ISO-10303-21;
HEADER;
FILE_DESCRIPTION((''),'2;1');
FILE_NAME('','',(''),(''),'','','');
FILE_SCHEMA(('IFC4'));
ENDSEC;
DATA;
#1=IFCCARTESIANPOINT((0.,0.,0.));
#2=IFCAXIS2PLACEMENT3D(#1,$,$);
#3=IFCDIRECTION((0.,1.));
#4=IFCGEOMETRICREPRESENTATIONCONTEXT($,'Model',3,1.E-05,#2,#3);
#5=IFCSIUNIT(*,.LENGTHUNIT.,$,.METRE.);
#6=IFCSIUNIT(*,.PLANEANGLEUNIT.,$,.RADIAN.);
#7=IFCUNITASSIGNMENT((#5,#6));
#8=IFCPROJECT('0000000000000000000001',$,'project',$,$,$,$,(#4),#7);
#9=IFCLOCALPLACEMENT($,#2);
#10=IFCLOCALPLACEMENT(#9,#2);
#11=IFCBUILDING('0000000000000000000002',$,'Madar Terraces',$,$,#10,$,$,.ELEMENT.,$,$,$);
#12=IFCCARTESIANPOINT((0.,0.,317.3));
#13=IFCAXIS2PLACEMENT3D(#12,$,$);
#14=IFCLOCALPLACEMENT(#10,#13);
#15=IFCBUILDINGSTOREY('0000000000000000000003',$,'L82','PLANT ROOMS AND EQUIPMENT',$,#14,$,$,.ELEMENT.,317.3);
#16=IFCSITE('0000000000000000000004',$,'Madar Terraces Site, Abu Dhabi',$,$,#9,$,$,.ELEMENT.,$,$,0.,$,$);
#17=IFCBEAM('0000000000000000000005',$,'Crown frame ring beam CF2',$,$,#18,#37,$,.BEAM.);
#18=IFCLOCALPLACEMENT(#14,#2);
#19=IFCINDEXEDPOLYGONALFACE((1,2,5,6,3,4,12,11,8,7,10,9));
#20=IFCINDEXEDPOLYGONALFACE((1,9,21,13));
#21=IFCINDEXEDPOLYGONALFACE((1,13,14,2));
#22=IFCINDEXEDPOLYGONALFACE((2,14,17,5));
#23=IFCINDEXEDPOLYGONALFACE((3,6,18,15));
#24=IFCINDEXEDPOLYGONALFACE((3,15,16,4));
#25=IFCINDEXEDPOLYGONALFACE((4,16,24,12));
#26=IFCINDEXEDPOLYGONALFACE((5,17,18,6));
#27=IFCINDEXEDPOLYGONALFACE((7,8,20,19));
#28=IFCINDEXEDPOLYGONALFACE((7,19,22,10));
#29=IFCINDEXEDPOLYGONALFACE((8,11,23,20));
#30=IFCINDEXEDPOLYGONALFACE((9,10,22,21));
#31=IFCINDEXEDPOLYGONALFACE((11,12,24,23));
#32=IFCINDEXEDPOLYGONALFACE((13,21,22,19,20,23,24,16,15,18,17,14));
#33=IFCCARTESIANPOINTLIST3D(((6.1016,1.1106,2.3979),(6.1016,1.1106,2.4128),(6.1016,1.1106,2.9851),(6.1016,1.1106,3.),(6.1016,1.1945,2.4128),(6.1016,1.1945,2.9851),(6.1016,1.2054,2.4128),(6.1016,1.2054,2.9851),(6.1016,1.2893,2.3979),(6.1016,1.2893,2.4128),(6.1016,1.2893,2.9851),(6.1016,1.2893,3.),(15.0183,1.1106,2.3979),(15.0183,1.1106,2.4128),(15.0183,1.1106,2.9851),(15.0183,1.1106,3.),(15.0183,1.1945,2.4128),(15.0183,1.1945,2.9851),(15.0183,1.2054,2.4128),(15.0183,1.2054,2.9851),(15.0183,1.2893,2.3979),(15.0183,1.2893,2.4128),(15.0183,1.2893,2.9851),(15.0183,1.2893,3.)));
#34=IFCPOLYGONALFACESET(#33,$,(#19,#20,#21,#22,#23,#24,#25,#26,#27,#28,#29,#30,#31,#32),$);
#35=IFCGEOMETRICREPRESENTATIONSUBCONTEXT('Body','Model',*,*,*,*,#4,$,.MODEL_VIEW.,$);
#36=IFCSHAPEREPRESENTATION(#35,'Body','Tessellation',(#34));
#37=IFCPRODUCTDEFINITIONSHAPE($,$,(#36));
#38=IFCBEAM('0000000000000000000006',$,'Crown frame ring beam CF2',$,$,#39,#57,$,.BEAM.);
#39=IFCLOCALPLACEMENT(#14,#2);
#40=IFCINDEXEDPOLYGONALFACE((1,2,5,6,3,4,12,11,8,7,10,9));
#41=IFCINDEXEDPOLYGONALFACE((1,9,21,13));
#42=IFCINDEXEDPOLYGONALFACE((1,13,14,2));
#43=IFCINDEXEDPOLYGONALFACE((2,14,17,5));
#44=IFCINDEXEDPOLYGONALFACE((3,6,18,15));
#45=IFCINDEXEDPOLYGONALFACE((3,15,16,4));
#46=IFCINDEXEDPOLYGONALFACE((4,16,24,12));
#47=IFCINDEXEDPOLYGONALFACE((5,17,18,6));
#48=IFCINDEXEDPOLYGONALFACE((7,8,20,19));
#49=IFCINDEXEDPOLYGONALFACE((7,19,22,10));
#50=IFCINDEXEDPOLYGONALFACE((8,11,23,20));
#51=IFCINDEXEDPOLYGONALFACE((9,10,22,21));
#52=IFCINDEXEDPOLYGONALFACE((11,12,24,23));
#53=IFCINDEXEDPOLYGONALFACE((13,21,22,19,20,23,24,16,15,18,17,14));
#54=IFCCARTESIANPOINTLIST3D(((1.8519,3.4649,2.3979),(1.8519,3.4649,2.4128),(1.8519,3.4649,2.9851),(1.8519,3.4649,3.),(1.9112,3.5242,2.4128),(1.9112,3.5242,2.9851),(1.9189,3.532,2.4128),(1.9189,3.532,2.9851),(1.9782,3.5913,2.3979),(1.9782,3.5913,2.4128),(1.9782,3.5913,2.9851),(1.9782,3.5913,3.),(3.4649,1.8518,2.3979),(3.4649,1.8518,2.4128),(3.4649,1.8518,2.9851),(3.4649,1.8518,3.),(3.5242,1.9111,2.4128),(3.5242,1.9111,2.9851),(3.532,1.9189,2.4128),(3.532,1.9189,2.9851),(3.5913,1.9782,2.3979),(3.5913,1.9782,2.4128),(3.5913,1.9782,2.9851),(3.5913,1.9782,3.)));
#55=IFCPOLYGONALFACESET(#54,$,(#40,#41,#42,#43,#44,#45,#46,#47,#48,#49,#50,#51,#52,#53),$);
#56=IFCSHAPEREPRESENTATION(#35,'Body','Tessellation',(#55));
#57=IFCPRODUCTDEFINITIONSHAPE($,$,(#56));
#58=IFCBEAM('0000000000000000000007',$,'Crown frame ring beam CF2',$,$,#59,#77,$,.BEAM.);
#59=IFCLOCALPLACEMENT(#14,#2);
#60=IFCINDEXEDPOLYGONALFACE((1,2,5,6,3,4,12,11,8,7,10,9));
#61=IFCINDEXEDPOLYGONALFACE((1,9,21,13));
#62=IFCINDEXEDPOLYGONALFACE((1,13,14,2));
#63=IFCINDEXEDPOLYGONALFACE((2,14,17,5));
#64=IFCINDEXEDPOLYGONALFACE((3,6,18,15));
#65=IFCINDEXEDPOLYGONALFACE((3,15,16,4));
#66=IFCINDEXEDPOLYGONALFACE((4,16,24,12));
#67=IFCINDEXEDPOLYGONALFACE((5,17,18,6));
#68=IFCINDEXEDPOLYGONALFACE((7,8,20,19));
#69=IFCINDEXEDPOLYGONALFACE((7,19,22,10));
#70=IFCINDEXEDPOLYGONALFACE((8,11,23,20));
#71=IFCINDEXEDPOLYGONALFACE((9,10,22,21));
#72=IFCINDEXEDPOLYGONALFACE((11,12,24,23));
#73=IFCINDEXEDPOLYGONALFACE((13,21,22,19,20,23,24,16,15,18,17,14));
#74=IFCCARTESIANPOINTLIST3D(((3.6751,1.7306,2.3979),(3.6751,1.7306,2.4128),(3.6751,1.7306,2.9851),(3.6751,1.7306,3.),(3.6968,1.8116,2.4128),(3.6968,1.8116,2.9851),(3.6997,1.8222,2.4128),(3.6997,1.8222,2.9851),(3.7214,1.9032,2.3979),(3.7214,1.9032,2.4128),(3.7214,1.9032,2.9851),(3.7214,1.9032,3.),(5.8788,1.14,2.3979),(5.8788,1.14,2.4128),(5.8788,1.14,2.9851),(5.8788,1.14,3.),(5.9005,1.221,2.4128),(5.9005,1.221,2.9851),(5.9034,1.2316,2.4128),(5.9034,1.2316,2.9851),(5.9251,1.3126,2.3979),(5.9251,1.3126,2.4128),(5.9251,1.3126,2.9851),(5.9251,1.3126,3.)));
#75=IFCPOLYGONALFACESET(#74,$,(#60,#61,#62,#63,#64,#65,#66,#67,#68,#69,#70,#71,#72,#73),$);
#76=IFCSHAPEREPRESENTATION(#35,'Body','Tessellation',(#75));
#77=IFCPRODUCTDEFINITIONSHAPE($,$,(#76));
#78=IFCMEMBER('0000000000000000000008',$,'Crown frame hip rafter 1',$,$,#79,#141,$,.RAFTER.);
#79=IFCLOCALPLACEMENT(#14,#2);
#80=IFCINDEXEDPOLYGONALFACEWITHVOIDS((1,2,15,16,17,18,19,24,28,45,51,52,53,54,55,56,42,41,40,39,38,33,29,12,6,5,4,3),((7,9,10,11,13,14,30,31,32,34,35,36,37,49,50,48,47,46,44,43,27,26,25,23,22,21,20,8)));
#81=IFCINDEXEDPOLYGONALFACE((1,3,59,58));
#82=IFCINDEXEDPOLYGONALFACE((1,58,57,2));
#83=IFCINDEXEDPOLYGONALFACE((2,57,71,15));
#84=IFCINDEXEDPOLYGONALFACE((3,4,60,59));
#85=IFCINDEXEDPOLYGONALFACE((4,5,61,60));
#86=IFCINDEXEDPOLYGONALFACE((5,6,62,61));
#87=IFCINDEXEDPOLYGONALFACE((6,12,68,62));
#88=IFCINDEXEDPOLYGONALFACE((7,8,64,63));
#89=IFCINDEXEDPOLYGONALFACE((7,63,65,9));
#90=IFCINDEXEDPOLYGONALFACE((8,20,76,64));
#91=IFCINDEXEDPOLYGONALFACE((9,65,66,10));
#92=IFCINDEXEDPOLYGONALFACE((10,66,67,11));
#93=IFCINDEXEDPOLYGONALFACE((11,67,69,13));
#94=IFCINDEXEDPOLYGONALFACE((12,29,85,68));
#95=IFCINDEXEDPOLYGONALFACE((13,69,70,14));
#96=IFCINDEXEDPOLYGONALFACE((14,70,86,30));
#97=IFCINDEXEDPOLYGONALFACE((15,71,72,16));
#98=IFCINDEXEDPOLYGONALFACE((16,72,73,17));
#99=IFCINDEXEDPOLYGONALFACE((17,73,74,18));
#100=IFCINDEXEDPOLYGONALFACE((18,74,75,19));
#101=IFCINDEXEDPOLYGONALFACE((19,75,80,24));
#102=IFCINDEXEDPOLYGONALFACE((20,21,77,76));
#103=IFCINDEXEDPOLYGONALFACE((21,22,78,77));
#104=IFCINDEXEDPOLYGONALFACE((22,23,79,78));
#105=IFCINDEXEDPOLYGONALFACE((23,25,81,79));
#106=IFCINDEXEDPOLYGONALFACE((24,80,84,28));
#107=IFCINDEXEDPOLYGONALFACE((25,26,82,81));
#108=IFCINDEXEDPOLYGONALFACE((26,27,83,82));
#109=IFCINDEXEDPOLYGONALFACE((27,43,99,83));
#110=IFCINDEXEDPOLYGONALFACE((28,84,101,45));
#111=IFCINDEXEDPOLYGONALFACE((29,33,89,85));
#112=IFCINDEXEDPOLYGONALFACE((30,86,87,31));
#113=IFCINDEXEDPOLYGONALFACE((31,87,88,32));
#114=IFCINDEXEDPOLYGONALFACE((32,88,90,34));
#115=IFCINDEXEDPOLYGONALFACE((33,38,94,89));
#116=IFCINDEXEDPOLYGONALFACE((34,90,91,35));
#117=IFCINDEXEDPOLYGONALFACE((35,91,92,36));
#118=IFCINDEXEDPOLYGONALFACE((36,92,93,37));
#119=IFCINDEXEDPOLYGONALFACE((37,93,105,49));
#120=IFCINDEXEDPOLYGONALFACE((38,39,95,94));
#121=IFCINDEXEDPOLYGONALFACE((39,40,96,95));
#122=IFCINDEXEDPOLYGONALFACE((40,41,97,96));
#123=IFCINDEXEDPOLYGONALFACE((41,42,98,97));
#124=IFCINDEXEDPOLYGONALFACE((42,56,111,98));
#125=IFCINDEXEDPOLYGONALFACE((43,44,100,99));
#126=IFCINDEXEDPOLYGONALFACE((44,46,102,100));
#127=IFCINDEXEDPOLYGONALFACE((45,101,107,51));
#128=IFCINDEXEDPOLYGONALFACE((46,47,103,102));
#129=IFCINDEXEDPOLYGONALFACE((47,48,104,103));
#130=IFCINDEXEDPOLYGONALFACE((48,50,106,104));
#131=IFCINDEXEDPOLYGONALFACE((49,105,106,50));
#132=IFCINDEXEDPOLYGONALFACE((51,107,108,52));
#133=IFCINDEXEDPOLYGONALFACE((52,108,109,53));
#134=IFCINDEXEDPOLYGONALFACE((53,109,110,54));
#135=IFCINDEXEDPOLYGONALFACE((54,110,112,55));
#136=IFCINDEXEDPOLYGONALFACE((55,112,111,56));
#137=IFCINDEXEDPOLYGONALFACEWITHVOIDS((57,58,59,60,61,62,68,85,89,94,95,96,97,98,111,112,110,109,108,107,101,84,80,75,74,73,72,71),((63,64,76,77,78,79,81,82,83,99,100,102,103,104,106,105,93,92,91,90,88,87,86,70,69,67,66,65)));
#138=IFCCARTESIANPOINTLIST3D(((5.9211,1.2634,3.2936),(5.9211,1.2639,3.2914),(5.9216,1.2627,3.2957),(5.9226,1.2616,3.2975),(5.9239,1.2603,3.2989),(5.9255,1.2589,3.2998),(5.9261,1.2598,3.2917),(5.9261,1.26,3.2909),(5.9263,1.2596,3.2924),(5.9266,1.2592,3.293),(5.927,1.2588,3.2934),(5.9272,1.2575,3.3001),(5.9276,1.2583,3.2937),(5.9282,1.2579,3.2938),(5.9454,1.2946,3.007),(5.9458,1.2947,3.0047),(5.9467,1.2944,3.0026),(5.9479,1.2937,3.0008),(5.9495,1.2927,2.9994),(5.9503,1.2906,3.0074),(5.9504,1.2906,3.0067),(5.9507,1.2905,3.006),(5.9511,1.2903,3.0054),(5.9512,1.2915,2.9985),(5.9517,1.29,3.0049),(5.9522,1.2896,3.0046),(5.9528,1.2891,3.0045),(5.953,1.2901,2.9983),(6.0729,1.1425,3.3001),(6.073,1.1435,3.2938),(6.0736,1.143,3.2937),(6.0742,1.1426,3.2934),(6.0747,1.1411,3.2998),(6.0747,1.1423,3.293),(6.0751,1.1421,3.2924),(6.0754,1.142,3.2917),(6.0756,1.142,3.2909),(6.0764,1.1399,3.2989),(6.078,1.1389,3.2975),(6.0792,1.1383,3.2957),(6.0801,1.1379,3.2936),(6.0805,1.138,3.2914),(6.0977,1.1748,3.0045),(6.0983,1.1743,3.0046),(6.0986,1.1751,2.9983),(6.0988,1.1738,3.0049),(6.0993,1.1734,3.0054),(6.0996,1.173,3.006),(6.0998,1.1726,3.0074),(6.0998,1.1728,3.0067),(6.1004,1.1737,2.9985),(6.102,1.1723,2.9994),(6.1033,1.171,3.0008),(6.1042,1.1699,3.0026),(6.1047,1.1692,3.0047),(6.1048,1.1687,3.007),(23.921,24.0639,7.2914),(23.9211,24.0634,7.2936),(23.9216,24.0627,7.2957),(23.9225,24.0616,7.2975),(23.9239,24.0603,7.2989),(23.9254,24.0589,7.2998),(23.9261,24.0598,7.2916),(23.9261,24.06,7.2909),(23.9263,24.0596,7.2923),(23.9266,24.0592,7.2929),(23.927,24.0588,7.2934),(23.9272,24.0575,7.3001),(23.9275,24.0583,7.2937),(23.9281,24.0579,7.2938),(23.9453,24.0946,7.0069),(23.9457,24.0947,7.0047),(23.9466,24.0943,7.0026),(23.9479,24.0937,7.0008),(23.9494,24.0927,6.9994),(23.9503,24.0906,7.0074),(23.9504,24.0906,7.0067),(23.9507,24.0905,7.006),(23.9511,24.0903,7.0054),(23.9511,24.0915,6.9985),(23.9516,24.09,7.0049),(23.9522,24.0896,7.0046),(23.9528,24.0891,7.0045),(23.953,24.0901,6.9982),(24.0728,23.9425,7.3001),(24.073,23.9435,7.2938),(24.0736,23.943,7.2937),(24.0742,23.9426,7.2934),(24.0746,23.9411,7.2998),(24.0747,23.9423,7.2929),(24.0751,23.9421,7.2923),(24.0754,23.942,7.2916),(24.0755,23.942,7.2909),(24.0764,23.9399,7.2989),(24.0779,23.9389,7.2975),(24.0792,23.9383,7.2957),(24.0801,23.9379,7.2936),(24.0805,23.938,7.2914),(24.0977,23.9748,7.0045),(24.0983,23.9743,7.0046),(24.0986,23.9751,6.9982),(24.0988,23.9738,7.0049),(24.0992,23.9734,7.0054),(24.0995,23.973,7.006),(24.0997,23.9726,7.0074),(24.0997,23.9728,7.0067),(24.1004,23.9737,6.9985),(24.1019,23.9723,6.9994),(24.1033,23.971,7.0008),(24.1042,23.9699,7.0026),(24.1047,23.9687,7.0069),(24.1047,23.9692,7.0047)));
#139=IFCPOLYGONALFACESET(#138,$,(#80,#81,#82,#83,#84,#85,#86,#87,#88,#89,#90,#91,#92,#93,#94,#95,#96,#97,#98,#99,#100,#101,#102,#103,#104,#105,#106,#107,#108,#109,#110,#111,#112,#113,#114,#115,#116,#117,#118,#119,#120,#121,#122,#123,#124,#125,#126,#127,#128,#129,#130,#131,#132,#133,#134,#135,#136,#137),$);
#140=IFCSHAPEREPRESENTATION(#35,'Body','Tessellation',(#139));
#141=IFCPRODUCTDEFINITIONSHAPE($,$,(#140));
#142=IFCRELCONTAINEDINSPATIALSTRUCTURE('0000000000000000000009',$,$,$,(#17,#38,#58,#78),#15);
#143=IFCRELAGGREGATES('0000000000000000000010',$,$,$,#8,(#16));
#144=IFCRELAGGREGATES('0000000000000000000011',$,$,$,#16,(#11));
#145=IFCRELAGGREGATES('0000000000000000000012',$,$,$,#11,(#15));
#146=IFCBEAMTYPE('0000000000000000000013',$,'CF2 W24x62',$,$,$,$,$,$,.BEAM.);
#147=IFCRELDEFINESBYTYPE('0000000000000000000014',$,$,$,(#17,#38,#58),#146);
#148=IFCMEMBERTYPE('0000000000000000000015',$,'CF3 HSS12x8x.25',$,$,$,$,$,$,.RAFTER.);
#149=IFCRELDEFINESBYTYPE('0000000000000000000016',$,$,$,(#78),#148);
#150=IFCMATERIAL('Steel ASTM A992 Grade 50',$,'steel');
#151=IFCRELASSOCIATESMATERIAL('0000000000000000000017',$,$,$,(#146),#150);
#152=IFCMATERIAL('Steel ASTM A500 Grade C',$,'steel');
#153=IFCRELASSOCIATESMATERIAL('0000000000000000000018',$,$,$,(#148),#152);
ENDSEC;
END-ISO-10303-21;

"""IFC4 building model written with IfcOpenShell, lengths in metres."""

from ifc_helpers import new_model, si_unit, direction, frame, origin, origin_2d, place, context, subcontext, project, spatial, hollow_rectangle, i_section, extrude, material, material_profile, profile_set, type_object, element, save


model = new_model("IFC4")

# Units and contexts
model_context = context("Model", 3, precision=1e-05, world=origin(), true_north=direction((0.0, 1.0)))
body_context = subcontext(model_context, "Body", "Model", "MODEL_VIEW")
ifc_project = project(units=[si_unit("LENGTHUNIT", "METRE"), si_unit("PLANEANGLEUNIT", "RADIAN")], contexts=[model_context])

# Site, building, storey
site_placement = place(None, origin())
site = spatial("IfcSite", under=ifc_project, at=site_placement, Name="Madar Terraces Site, Abu Dhabi", CompositionType="ELEMENT", RefElevation=0.0)
building_placement = place(site_placement, origin())
building = spatial("IfcBuilding", under=site, at=building_placement, Name="Madar Terraces", CompositionType="ELEMENT")
storey_placement = place(building_placement, frame((0.0, 0.0, 317.3)))
storey = spatial("IfcBuildingStorey", under=building, at=storey_placement, Name="L82", Description="PLANT ROOMS AND EQUIPMENT", CompositionType="ELEMENT", Elevation=317.3)

# Beams
ifc_material_1 = material(Name="Steel ASTM A992 Grade 50", Category="steel")
ifc_material_profile_1 = material_profile(ifc_material_1, i_section(OverallWidth=0.1787, OverallDepth=0.6021, WebThickness=0.011, FlangeThickness=0.0149, at=origin_2d()), Name="W24x62")
ifc_profile_set_1 = profile_set([ifc_material_profile_1], Name="Steel ASTM A992 Grade 50")
beam_type = type_object("IfcBeamType", Name="CF2 W24x62", PredefinedType="BEAM", material=ifc_profile_set_1)
beam_1_placement = place(storey_placement, frame((6.1016, 1.2, 2.699), z_axis=(1.0, 0.0, 0.0), x_axis=(0.0, 1.0, 0.0)))
element("IfcBeam", 1, at=beam_1_placement, inside=storey, type_object=beam_type, Name="Crown frame ring beam CF2", PredefinedType="BEAM", context=body_context, shape_type="SweptSolid", body=[
    extrude(i_section(OverallWidth=0.1787, OverallDepth=0.6021, WebThickness=0.011, FlangeThickness=0.0149, at=origin_2d()), origin(), (0.0, 0.0, 1.0), 8.9167),
])
beam_2_placement = place(storey_placement, frame((1.915, 3.5281, 2.699), z_axis=(0.707107, -0.707107, 0.0), x_axis=(0.707107, 0.707107, 0.0)))
element("IfcBeam", 2, at=beam_2_placement, inside=storey, type_object=beam_type, Name="Crown frame ring beam CF2", PredefinedType="BEAM", context=body_context, shape_type="SweptSolid", body=[
    extrude(i_section(OverallWidth=0.1787, OverallDepth=0.6021, WebThickness=0.011, FlangeThickness=0.0149, at=origin_2d()), origin(), (0.0, 0.0, 1.0), 2.2812),
])
beam_3_placement = place(storey_placement, frame((3.6982, 1.8169, 2.699), z_axis=(0.965913, -0.258868, 0.0), x_axis=(0.258868, 0.965913, 0.0)))
element("IfcBeam", 3, at=beam_3_placement, inside=storey, type_object=beam_type, Name="Crown frame ring beam CF2", PredefinedType="BEAM", context=body_context, shape_type="SweptSolid", body=[
    extrude(i_section(OverallWidth=0.1787, OverallDepth=0.6021, WebThickness=0.011, FlangeThickness=0.0149, at=origin_2d()), origin(), (0.0, 0.0, 1.0), 2.2815),
])

# Member
ifc_material_2 = material(Name="Steel ASTM A500 Grade C", Category="steel")
ifc_material_profile_2 = material_profile(ifc_material_2, hollow_rectangle(XDim=0.2031, YDim=0.3047, WallThickness=0.0063, InnerFilletRadius=0.0029, OuterFilletRadius=0.0088, at=origin_2d()), Name="HSS12x8x.25")
ifc_profile_set_2 = profile_set([ifc_material_profile_2], Name="Steel ASTM A500 Grade C")
member_type_1 = type_object("IfcMemberType", Name="CF3 HSS12x8x.25", PredefinedType="RAFTER", material=ifc_profile_set_2)
member_1_placement = place(storey_placement, frame((6.0129, 1.2163, 3.1492), z_axis=(0.613851, 0.777547, 0.136411), x_axis=(-0.784883, 0.619643, 0.0)))
element("IfcMember", 4, at=member_1_placement, inside=storey, type_object=member_type_1, Name="Crown frame hip rafter 1", PredefinedType="RAFTER", context=body_context, shape_type="SweptSolid", body=[
    extrude(hollow_rectangle(XDim=0.2031, YDim=0.3047, WallThickness=0.0063, InnerFilletRadius=0.0029, OuterFilletRadius=0.0088, at=origin_2d()), origin(), (0.0, 0.0, 1.0), 29.323),
])

save(model, "model.ifc")
